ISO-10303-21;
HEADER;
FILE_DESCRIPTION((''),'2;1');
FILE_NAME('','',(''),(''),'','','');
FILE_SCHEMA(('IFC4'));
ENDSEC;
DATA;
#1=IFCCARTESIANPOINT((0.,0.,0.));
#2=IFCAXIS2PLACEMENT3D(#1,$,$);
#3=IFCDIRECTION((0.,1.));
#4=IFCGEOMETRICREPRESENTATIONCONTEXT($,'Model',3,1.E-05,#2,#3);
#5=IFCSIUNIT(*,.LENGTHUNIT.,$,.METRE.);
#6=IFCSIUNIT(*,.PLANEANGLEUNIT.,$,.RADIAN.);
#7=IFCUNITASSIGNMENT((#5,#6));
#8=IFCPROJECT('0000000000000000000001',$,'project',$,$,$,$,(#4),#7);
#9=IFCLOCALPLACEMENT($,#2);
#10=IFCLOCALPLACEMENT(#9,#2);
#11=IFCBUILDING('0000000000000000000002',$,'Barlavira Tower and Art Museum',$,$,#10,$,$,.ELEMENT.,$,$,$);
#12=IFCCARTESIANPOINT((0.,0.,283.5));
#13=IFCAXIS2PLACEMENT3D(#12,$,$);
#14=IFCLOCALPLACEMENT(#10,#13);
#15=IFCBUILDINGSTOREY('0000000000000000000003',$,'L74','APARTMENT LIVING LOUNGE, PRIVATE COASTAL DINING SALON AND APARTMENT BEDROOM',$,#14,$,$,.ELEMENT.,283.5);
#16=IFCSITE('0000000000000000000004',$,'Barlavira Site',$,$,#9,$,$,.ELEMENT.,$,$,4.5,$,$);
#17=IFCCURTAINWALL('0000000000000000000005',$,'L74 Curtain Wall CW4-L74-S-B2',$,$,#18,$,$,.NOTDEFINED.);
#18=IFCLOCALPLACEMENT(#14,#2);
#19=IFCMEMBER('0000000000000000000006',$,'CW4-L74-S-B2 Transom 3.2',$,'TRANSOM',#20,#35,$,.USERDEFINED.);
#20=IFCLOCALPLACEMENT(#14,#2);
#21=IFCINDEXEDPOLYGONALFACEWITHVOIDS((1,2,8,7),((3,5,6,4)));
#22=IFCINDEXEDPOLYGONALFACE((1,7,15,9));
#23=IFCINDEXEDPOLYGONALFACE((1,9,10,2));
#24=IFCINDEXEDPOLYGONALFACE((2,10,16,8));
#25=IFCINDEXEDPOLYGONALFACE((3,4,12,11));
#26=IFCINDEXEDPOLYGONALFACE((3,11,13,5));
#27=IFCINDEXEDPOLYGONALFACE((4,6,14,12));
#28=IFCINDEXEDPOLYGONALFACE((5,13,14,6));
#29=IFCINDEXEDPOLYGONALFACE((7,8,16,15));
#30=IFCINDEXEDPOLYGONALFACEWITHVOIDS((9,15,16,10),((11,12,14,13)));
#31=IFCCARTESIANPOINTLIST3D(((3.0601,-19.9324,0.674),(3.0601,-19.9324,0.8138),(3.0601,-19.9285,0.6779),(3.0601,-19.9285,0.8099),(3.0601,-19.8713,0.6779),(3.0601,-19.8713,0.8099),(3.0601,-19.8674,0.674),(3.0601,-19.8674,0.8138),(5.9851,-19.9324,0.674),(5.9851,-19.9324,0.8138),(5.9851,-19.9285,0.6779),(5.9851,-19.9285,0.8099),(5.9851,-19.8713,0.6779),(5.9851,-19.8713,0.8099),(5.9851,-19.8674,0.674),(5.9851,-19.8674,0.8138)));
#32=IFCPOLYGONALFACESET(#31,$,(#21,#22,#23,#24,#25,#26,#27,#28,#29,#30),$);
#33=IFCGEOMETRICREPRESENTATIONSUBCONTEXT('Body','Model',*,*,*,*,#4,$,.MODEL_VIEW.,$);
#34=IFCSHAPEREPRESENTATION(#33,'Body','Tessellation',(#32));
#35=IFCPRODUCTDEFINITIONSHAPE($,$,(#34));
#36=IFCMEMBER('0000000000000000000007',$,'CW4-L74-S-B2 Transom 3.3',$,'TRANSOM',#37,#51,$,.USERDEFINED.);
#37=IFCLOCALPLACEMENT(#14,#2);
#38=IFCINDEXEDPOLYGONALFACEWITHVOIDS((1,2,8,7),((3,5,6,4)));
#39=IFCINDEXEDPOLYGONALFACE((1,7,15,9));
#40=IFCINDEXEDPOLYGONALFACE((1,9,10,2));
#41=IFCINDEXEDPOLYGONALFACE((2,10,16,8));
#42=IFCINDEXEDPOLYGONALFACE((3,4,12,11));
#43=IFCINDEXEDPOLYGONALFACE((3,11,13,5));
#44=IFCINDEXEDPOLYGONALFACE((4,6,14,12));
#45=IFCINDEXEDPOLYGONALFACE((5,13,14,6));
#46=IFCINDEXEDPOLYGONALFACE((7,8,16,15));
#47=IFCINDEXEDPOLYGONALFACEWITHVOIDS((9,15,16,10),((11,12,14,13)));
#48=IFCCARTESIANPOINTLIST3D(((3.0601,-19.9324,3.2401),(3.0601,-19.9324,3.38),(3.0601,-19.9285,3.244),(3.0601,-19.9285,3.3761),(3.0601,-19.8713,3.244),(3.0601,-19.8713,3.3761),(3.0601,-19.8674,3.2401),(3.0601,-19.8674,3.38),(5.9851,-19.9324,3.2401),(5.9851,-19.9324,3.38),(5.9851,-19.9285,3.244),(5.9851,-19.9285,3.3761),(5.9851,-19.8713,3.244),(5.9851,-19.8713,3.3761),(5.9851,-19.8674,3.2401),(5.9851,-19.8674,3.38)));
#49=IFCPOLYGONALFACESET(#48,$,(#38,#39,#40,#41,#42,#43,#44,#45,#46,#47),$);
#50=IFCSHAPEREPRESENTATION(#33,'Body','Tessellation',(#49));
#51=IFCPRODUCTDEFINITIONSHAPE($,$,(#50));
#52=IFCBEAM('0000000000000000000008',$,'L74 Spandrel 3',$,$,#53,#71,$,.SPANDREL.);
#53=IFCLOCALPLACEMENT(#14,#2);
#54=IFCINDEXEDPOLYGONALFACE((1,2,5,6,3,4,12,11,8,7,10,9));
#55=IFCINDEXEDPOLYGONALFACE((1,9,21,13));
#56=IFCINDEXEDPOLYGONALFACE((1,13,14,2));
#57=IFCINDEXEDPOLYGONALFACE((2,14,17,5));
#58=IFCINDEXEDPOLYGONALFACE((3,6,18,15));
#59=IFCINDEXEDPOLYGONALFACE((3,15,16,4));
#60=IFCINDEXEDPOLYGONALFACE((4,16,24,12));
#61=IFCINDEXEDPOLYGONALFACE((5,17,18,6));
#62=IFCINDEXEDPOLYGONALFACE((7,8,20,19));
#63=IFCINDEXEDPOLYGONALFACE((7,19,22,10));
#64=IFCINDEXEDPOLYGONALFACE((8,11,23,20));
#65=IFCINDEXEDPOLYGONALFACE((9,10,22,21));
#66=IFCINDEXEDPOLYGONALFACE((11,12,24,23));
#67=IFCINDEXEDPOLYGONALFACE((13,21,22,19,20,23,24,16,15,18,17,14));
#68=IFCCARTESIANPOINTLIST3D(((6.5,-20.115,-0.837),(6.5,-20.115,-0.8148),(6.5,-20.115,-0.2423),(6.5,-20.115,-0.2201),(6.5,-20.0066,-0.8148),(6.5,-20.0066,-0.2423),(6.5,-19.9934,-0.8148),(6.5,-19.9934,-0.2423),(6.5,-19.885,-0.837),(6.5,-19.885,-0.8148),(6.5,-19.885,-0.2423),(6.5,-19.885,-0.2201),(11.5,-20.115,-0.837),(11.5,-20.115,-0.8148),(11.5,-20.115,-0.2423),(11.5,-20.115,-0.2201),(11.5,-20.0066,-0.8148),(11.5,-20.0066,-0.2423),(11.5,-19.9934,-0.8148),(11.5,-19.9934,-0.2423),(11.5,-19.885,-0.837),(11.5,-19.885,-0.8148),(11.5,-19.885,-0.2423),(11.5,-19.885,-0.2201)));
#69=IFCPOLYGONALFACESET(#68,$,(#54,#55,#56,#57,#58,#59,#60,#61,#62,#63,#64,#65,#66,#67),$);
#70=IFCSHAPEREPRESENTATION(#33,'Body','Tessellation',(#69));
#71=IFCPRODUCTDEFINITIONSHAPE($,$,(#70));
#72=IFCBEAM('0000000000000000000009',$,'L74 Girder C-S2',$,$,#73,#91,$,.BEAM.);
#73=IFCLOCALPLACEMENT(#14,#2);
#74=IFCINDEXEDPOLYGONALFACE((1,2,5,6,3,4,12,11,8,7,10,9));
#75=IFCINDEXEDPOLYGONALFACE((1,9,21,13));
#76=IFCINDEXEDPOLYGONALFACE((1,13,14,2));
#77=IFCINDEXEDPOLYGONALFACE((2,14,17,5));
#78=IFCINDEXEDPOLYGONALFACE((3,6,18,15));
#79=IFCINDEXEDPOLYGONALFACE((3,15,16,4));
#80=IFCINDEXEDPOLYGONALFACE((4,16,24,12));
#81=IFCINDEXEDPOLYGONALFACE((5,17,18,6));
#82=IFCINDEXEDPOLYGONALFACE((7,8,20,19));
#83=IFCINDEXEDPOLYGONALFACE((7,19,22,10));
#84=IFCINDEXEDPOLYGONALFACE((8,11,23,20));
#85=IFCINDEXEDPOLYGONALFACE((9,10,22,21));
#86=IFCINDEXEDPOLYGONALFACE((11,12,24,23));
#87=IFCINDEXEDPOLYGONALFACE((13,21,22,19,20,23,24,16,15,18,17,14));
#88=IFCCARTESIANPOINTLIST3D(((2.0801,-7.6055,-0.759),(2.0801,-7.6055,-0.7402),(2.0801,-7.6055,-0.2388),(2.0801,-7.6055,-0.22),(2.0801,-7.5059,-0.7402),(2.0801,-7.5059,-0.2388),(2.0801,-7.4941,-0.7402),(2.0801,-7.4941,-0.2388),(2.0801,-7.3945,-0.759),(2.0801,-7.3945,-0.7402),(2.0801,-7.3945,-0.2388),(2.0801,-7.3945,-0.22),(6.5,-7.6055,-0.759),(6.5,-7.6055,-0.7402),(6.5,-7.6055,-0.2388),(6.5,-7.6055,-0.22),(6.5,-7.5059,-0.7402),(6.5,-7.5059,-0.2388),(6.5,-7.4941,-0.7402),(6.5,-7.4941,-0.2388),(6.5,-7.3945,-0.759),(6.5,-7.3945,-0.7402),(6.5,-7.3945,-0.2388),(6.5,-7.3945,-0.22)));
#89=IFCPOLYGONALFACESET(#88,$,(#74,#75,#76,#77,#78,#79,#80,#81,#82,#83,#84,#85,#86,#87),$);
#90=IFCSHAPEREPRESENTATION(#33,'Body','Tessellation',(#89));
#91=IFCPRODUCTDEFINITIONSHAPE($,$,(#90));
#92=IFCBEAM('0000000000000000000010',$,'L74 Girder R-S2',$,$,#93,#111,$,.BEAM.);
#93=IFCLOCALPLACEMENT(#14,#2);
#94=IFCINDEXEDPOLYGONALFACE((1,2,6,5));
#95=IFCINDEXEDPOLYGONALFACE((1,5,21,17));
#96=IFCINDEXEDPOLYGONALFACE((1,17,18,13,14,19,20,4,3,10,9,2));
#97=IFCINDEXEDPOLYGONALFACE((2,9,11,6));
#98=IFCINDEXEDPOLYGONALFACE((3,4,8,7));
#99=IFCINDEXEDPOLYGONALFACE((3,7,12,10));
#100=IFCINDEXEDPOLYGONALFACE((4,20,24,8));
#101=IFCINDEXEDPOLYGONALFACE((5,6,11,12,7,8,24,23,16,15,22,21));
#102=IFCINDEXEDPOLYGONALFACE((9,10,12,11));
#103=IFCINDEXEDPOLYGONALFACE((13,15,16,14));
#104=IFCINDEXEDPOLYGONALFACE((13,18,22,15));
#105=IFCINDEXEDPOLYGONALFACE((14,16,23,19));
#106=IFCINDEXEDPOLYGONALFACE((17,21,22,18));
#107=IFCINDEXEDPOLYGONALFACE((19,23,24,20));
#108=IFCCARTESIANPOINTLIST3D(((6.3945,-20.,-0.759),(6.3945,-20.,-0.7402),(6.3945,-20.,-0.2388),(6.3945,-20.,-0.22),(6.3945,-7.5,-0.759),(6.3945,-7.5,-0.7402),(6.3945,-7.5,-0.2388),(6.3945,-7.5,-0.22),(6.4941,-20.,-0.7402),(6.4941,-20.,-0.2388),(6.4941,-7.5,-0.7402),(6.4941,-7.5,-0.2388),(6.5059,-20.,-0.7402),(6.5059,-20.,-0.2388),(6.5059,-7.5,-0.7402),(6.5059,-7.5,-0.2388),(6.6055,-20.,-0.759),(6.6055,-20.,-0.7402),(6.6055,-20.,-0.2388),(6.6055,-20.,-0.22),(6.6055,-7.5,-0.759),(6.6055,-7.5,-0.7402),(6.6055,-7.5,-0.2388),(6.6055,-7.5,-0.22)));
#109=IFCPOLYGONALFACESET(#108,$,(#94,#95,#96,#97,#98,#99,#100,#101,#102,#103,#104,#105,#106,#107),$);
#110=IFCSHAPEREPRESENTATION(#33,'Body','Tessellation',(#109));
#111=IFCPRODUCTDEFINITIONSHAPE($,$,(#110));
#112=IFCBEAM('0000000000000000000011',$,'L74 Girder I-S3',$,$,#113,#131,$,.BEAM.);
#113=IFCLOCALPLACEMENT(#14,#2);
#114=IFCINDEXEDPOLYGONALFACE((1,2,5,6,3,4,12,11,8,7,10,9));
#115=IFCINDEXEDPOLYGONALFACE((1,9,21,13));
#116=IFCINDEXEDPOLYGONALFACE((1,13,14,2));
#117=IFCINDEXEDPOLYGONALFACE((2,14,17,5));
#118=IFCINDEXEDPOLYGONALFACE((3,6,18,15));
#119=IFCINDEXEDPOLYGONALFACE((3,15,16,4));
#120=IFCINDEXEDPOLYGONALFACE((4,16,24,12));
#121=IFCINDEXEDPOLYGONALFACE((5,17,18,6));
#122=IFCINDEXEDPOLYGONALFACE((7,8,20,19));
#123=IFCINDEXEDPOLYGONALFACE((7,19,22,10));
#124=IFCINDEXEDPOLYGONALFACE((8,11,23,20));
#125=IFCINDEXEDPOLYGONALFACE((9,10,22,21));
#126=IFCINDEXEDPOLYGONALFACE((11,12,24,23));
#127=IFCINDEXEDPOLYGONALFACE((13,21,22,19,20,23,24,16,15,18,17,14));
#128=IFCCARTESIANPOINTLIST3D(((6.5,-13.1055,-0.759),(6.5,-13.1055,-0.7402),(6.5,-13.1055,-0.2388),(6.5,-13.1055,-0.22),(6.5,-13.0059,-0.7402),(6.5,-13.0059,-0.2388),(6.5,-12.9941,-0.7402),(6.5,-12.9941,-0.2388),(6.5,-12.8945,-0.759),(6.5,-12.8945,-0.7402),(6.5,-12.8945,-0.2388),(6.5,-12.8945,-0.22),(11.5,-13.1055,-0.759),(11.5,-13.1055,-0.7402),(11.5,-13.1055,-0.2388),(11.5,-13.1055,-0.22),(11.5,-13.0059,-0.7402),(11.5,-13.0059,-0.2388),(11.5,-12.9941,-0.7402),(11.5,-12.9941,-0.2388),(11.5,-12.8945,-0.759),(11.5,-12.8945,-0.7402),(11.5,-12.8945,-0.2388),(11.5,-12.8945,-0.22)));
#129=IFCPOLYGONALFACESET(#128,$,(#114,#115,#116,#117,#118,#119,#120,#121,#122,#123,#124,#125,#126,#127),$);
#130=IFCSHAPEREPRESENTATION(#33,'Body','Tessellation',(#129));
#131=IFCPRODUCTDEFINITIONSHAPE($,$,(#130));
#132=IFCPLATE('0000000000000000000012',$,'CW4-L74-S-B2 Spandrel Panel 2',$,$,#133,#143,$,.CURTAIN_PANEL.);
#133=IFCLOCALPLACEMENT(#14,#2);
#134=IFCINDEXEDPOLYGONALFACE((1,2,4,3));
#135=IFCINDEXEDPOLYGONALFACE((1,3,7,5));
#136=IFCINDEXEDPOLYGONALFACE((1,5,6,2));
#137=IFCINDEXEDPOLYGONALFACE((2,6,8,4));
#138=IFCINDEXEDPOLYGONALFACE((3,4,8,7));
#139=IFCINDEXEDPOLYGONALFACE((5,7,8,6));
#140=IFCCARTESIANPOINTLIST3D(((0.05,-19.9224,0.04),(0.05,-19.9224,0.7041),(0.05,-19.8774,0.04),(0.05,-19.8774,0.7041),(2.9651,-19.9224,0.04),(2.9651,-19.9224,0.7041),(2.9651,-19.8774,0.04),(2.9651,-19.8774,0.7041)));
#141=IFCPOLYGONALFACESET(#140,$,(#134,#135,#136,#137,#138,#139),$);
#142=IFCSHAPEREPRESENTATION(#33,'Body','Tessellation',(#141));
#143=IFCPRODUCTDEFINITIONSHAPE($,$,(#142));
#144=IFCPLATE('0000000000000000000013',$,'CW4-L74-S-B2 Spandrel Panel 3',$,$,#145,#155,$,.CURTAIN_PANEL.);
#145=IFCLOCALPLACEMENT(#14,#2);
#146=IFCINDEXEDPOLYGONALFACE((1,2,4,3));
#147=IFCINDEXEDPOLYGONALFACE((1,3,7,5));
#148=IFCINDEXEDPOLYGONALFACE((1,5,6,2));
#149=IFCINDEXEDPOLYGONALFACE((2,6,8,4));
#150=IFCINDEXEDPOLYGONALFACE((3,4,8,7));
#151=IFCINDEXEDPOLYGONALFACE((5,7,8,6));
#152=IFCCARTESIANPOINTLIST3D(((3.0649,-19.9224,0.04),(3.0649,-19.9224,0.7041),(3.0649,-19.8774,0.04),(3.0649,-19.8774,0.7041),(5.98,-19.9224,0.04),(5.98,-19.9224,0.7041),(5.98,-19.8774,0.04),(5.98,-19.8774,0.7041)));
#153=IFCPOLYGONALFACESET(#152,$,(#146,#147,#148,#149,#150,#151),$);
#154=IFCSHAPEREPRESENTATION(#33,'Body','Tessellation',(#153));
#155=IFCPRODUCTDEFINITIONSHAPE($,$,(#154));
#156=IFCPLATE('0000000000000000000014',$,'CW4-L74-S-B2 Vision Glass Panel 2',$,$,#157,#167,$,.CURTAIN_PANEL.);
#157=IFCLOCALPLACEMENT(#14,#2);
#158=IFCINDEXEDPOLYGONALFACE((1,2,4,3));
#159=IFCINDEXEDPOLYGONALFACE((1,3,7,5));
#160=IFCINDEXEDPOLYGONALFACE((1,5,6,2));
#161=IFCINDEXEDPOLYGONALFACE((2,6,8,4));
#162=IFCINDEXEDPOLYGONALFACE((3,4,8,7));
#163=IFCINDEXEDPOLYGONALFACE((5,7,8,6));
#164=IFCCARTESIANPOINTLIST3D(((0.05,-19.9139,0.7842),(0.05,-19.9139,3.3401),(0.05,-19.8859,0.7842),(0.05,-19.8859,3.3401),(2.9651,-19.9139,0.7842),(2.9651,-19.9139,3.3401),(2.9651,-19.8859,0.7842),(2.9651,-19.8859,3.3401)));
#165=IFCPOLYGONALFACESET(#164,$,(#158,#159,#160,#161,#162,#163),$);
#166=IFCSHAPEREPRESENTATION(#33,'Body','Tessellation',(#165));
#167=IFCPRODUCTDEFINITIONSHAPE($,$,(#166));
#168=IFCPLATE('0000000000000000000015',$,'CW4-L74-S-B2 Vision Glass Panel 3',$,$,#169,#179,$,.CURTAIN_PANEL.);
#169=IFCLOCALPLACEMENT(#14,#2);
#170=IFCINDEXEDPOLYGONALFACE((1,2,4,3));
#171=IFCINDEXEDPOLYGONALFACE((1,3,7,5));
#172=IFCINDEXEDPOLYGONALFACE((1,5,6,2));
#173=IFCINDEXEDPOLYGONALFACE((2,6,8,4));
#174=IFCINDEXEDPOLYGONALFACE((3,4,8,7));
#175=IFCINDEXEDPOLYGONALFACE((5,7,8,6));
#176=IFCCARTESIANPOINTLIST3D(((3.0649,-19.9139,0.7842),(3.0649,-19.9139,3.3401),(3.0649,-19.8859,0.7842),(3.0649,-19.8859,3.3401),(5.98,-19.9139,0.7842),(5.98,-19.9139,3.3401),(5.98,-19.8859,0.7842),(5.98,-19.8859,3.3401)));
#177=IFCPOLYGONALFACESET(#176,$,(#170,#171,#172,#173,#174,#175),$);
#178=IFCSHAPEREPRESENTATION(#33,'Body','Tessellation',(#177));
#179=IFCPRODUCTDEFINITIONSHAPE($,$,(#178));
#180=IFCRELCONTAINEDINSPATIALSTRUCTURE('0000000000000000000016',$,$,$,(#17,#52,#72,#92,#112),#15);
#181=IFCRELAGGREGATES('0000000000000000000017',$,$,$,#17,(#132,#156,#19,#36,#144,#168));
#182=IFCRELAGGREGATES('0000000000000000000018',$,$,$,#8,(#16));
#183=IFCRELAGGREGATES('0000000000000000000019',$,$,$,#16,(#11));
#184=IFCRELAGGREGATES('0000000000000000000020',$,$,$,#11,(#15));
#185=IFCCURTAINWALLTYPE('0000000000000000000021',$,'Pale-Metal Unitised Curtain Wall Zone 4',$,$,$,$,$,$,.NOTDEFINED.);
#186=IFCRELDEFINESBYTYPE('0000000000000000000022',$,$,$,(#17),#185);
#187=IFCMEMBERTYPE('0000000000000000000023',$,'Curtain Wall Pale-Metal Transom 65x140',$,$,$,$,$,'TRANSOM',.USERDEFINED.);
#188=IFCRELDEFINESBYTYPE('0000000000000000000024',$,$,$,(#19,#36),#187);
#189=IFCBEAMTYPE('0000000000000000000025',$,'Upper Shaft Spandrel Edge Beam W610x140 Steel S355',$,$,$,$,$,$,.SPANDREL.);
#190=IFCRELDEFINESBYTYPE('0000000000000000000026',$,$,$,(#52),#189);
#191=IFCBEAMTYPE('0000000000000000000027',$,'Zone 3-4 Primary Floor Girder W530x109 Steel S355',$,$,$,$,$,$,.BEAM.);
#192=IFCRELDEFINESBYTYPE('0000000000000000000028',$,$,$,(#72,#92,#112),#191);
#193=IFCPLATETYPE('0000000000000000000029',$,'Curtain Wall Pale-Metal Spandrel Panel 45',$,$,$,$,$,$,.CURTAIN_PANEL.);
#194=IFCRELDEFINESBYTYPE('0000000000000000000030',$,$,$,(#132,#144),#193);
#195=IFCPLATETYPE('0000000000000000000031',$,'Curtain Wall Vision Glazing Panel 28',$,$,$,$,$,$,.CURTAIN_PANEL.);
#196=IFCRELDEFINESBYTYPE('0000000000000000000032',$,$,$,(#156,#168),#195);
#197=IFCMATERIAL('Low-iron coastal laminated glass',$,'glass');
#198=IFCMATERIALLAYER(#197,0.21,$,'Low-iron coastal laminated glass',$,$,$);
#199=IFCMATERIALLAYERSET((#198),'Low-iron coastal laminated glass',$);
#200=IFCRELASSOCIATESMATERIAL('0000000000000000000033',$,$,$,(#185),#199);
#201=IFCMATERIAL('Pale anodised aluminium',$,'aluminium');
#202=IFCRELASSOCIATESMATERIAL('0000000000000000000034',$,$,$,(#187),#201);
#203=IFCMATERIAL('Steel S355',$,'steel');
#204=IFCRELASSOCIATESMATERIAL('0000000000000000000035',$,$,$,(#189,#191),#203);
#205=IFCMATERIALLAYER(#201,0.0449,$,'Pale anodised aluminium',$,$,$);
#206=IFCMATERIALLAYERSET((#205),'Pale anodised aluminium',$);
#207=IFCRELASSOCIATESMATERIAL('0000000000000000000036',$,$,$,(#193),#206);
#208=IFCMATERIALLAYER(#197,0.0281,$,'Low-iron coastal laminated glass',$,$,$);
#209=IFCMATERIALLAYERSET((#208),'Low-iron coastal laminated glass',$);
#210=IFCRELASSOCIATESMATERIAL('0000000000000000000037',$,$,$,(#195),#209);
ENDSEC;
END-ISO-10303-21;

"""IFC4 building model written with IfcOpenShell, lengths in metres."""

from ifc_helpers import new_model, si_unit, direction, frame, origin, origin_2d, place, context, subcontext, project, spatial, rectangle, hollow_rectangle, i_section, extrude, material, layer, layer_set, material_profile, profile_set, type_object, element, aggregate, save


model = new_model("IFC4")

# Units and contexts
model_context = context("Model", 3, precision=1e-05, world=origin(), true_north=direction((0.0, 1.0)))
body_context = subcontext(model_context, "Body", "Model", "MODEL_VIEW")
ifc_project = project(units=[si_unit("LENGTHUNIT", "METRE"), si_unit("PLANEANGLEUNIT", "RADIAN")], contexts=[model_context])

# Site, building, storey
site_placement = place(None, origin())
site = spatial("IfcSite", under=ifc_project, at=site_placement, Name="Barlavira Site", CompositionType="ELEMENT", RefElevation=4.5)
building_placement = place(site_placement, origin())
building = spatial("IfcBuilding", under=site, at=building_placement, Name="Barlavira Tower and Art Museum", CompositionType="ELEMENT")
storey_placement = place(building_placement, frame((0.0, 0.0, 283.5)))
storey = spatial("IfcBuildingStorey", under=building, at=storey_placement, Name="L74", Description="APARTMENT LIVING LOUNGE, PRIVATE COASTAL DINING SALON AND APARTMENT BEDROOM", CompositionType="ELEMENT", Elevation=283.5)

# Shared definitions
ifc_material_1 = material(Name="Steel S355", Category="steel")

# Curtain wall, members
ifc_material_2 = material(Name="Low-iron coastal laminated glass", Category="glass")
ifc_layer_1 = layer(ifc_material_2, 0.21, Name="Low-iron coastal laminated glass")
ifc_layer_set_1 = layer_set([ifc_layer_1], Name="Low-iron coastal laminated glass")
curtain_wall_type = type_object("IfcCurtainWallType", Name="Pale-Metal Unitised Curtain Wall Zone 4", PredefinedType="NOTDEFINED", material=ifc_layer_set_1)
curtain_wall_placement = place(storey_placement, origin())
curtain_wall = element("IfcCurtainWall", 1, at=curtain_wall_placement, inside=storey, type_object=curtain_wall_type, Name="L74 Curtain Wall CW4-L74-S-B2", PredefinedType="NOTDEFINED")
ifc_material_3 = material(Name="Pale anodised aluminium", Category="aluminium")
ifc_material_profile_1 = material_profile(ifc_material_3, hollow_rectangle(XDim=0.0649, YDim=0.1399, WallThickness=0.0039, at=origin_2d()), Name="ALU-TRAN 65x140x4")
ifc_profile_set_1 = profile_set([ifc_material_profile_1], Name="Pale anodised aluminium")
member_type_1 = type_object("IfcMemberType", Name="Curtain Wall Pale-Metal Transom 65x140", ElementType="TRANSOM", PredefinedType="USERDEFINED", material=ifc_profile_set_1)
member_1_placement = place(storey_placement, frame((3.0601, -19.8999, 0.7439), z_axis=(1.0, 0.0, 0.0), x_axis=(0.0, 1.0, 0.0)))
member_1 = element("IfcMember", 2, at=member_1_placement, type_object=member_type_1, Name="CW4-L74-S-B2 Transom 3.2", ObjectType="TRANSOM", PredefinedType="USERDEFINED", context=body_context, shape_type="SweptSolid", body=[
    extrude(hollow_rectangle(XDim=0.0649, YDim=0.1399, WallThickness=0.0039, at=origin_2d()), origin(), (0.0, 0.0, 1.0), 2.925),
])
member_2_placement = place(storey_placement, frame((3.0601, -19.8999, 3.3101), z_axis=(1.0, 0.0, 0.0), x_axis=(0.0, 1.0, 0.0)))
member_2 = element("IfcMember", 3, at=member_2_placement, type_object=member_type_1, Name="CW4-L74-S-B2 Transom 3.3", ObjectType="TRANSOM", PredefinedType="USERDEFINED", context=body_context, shape_type="SweptSolid", body=[
    extrude(hollow_rectangle(XDim=0.0649, YDim=0.1399, WallThickness=0.0039, at=origin_2d()), origin(), (0.0, 0.0, 1.0), 2.925),
])

# Beams
ifc_material_profile_2 = material_profile(ifc_material_1, i_section(OverallWidth=0.23, OverallDepth=0.6169, WebThickness=0.0132, FlangeThickness=0.0222, at=origin_2d()), Name="W610x140.0")
ifc_profile_set_2 = profile_set([ifc_material_profile_2], Name="Steel S355")
beam_type_1 = type_object("IfcBeamType", Name="Upper Shaft Spandrel Edge Beam W610x140 Steel S355", PredefinedType="SPANDREL", material=ifc_profile_set_2)
beam_1_placement = place(storey_placement, frame((6.5, -20.0, -0.5286), z_axis=(1.0, 0.0, 0.0), x_axis=(0.0, 1.0, 0.0)))
element("IfcBeam", 4, at=beam_1_placement, inside=storey, type_object=beam_type_1, Name="L74 Spandrel 3", PredefinedType="SPANDREL", context=body_context, shape_type="SweptSolid", body=[
    extrude(i_section(OverallWidth=0.23, OverallDepth=0.6169, WebThickness=0.0132, FlangeThickness=0.0222, at=origin_2d()), origin(), (0.0, 0.0, 1.0), 5.0),
])
ifc_material_profile_3 = material_profile(ifc_material_1, i_section(OverallWidth=0.2109, OverallDepth=0.5391, WebThickness=0.0117, FlangeThickness=0.0188, at=origin_2d()), Name="W530x109.0")
ifc_profile_set_3 = profile_set([ifc_material_profile_3], Name="Steel S355")
beam_type_2 = type_object("IfcBeamType", Name="Zone 3-4 Primary Floor Girder W530x109 Steel S355", PredefinedType="BEAM", material=ifc_profile_set_3)
beam_2_placement = place(storey_placement, frame((2.0801, -7.5, -0.4895), z_axis=(1.0, 0.0, 0.0), x_axis=(0.0, 1.0, 0.0)))
element("IfcBeam", 5, at=beam_2_placement, inside=storey, type_object=beam_type_2, Name="L74 Girder C-S2", PredefinedType="BEAM", context=body_context, shape_type="SweptSolid", body=[
    extrude(i_section(OverallWidth=0.2109, OverallDepth=0.5391, WebThickness=0.0117, FlangeThickness=0.0188, at=origin_2d()), origin(), (0.0, 0.0, 1.0), 4.4199),
])
beam_3_placement = place(storey_placement, frame((6.5, -20.0, -0.4895), z_axis=(0.0, 1.0, 0.0), x_axis=(-1.0, 0.0, 0.0)))
element("IfcBeam", 6, at=beam_3_placement, inside=storey, type_object=beam_type_2, Name="L74 Girder R-S2", PredefinedType="BEAM", context=body_context, shape_type="SweptSolid", body=[
    extrude(i_section(OverallWidth=0.2109, OverallDepth=0.5391, WebThickness=0.0117, FlangeThickness=0.0188, at=origin_2d()), origin(), (0.0, 0.0, 1.0), 12.5),
])
beam_4_placement = place(storey_placement, frame((6.5, -13.0, -0.4895), z_axis=(1.0, 0.0, 0.0), x_axis=(0.0, 1.0, 0.0)))
element("IfcBeam", 7, at=beam_4_placement, inside=storey, type_object=beam_type_2, Name="L74 Girder I-S3", PredefinedType="BEAM", context=body_context, shape_type="SweptSolid", body=[
    extrude(i_section(OverallWidth=0.2109, OverallDepth=0.5391, WebThickness=0.0117, FlangeThickness=0.0188, at=origin_2d()), origin(), (0.0, 0.0, 1.0), 5.0),
])

# Plates
ifc_layer_2 = layer(ifc_material_3, 0.0449, Name="Pale anodised aluminium")
ifc_layer_set_2 = layer_set([ifc_layer_2], Name="Pale anodised aluminium")
plate_type_1 = type_object("IfcPlateType", Name="Curtain Wall Pale-Metal Spandrel Panel 45", PredefinedType="CURTAIN_PANEL", material=ifc_layer_set_2)
plate_1_placement = place(storey_placement, frame((1.5076, -19.8999, 0.04), z_axis=(0.0, 0.0, 1.0), x_axis=(1.0, 0.0, 0.0)))
plate_1 = element("IfcPlate", 8, at=plate_1_placement, type_object=plate_type_1, Name="CW4-L74-S-B2 Spandrel Panel 2", PredefinedType="CURTAIN_PANEL", context=body_context, shape_type="SweptSolid", body=[
    extrude(rectangle(XDim=2.915, YDim=0.0449, at=origin_2d()), origin(), (0.0, 0.0, 1.0), 0.6641),
])
plate_2_placement = place(storey_placement, frame((4.5225, -19.8999, 0.04), z_axis=(0.0, 0.0, 1.0), x_axis=(1.0, 0.0, 0.0)))
plate_2 = element("IfcPlate", 9, at=plate_2_placement, type_object=plate_type_1, Name="CW4-L74-S-B2 Spandrel Panel 3", PredefinedType="CURTAIN_PANEL", context=body_context, shape_type="SweptSolid", body=[
    extrude(rectangle(XDim=2.915, YDim=0.0449, at=origin_2d()), origin(), (0.0, 0.0, 1.0), 0.6641),
])
ifc_layer_3 = layer(ifc_material_2, 0.0281, Name="Low-iron coastal laminated glass")
ifc_layer_set_3 = layer_set([ifc_layer_3], Name="Low-iron coastal laminated glass")
plate_type_2 = type_object("IfcPlateType", Name="Curtain Wall Vision Glazing Panel 28", PredefinedType="CURTAIN_PANEL", material=ifc_layer_set_3)
plate_3_placement = place(storey_placement, frame((1.5076, -19.8999, 0.7842), z_axis=(0.0, 0.0, 1.0), x_axis=(1.0, 0.0, 0.0)))
plate_3 = element("IfcPlate", 10, at=plate_3_placement, type_object=plate_type_2, Name="CW4-L74-S-B2 Vision Glass Panel 2", PredefinedType="CURTAIN_PANEL", context=body_context, shape_type="SweptSolid", body=[
    extrude(rectangle(XDim=2.915, YDim=0.0281, at=origin_2d()), origin(), (0.0, 0.0, 1.0), 2.5559),
])
plate_4_placement = place(storey_placement, frame((4.5225, -19.8999, 0.7842), z_axis=(0.0, 0.0, 1.0), x_axis=(1.0, 0.0, 0.0)))
plate_4 = element("IfcPlate", 11, at=plate_4_placement, type_object=plate_type_2, Name="CW4-L74-S-B2 Vision Glass Panel 3", PredefinedType="CURTAIN_PANEL", context=body_context, shape_type="SweptSolid", body=[
    extrude(rectangle(XDim=2.915, YDim=0.0281, at=origin_2d()), origin(), (0.0, 0.0, 1.0), 2.5559),
])
aggregate(curtain_wall, [plate_1, plate_3, member_1, member_2, plate_2, plate_4])

save(model, "model.ifc")
